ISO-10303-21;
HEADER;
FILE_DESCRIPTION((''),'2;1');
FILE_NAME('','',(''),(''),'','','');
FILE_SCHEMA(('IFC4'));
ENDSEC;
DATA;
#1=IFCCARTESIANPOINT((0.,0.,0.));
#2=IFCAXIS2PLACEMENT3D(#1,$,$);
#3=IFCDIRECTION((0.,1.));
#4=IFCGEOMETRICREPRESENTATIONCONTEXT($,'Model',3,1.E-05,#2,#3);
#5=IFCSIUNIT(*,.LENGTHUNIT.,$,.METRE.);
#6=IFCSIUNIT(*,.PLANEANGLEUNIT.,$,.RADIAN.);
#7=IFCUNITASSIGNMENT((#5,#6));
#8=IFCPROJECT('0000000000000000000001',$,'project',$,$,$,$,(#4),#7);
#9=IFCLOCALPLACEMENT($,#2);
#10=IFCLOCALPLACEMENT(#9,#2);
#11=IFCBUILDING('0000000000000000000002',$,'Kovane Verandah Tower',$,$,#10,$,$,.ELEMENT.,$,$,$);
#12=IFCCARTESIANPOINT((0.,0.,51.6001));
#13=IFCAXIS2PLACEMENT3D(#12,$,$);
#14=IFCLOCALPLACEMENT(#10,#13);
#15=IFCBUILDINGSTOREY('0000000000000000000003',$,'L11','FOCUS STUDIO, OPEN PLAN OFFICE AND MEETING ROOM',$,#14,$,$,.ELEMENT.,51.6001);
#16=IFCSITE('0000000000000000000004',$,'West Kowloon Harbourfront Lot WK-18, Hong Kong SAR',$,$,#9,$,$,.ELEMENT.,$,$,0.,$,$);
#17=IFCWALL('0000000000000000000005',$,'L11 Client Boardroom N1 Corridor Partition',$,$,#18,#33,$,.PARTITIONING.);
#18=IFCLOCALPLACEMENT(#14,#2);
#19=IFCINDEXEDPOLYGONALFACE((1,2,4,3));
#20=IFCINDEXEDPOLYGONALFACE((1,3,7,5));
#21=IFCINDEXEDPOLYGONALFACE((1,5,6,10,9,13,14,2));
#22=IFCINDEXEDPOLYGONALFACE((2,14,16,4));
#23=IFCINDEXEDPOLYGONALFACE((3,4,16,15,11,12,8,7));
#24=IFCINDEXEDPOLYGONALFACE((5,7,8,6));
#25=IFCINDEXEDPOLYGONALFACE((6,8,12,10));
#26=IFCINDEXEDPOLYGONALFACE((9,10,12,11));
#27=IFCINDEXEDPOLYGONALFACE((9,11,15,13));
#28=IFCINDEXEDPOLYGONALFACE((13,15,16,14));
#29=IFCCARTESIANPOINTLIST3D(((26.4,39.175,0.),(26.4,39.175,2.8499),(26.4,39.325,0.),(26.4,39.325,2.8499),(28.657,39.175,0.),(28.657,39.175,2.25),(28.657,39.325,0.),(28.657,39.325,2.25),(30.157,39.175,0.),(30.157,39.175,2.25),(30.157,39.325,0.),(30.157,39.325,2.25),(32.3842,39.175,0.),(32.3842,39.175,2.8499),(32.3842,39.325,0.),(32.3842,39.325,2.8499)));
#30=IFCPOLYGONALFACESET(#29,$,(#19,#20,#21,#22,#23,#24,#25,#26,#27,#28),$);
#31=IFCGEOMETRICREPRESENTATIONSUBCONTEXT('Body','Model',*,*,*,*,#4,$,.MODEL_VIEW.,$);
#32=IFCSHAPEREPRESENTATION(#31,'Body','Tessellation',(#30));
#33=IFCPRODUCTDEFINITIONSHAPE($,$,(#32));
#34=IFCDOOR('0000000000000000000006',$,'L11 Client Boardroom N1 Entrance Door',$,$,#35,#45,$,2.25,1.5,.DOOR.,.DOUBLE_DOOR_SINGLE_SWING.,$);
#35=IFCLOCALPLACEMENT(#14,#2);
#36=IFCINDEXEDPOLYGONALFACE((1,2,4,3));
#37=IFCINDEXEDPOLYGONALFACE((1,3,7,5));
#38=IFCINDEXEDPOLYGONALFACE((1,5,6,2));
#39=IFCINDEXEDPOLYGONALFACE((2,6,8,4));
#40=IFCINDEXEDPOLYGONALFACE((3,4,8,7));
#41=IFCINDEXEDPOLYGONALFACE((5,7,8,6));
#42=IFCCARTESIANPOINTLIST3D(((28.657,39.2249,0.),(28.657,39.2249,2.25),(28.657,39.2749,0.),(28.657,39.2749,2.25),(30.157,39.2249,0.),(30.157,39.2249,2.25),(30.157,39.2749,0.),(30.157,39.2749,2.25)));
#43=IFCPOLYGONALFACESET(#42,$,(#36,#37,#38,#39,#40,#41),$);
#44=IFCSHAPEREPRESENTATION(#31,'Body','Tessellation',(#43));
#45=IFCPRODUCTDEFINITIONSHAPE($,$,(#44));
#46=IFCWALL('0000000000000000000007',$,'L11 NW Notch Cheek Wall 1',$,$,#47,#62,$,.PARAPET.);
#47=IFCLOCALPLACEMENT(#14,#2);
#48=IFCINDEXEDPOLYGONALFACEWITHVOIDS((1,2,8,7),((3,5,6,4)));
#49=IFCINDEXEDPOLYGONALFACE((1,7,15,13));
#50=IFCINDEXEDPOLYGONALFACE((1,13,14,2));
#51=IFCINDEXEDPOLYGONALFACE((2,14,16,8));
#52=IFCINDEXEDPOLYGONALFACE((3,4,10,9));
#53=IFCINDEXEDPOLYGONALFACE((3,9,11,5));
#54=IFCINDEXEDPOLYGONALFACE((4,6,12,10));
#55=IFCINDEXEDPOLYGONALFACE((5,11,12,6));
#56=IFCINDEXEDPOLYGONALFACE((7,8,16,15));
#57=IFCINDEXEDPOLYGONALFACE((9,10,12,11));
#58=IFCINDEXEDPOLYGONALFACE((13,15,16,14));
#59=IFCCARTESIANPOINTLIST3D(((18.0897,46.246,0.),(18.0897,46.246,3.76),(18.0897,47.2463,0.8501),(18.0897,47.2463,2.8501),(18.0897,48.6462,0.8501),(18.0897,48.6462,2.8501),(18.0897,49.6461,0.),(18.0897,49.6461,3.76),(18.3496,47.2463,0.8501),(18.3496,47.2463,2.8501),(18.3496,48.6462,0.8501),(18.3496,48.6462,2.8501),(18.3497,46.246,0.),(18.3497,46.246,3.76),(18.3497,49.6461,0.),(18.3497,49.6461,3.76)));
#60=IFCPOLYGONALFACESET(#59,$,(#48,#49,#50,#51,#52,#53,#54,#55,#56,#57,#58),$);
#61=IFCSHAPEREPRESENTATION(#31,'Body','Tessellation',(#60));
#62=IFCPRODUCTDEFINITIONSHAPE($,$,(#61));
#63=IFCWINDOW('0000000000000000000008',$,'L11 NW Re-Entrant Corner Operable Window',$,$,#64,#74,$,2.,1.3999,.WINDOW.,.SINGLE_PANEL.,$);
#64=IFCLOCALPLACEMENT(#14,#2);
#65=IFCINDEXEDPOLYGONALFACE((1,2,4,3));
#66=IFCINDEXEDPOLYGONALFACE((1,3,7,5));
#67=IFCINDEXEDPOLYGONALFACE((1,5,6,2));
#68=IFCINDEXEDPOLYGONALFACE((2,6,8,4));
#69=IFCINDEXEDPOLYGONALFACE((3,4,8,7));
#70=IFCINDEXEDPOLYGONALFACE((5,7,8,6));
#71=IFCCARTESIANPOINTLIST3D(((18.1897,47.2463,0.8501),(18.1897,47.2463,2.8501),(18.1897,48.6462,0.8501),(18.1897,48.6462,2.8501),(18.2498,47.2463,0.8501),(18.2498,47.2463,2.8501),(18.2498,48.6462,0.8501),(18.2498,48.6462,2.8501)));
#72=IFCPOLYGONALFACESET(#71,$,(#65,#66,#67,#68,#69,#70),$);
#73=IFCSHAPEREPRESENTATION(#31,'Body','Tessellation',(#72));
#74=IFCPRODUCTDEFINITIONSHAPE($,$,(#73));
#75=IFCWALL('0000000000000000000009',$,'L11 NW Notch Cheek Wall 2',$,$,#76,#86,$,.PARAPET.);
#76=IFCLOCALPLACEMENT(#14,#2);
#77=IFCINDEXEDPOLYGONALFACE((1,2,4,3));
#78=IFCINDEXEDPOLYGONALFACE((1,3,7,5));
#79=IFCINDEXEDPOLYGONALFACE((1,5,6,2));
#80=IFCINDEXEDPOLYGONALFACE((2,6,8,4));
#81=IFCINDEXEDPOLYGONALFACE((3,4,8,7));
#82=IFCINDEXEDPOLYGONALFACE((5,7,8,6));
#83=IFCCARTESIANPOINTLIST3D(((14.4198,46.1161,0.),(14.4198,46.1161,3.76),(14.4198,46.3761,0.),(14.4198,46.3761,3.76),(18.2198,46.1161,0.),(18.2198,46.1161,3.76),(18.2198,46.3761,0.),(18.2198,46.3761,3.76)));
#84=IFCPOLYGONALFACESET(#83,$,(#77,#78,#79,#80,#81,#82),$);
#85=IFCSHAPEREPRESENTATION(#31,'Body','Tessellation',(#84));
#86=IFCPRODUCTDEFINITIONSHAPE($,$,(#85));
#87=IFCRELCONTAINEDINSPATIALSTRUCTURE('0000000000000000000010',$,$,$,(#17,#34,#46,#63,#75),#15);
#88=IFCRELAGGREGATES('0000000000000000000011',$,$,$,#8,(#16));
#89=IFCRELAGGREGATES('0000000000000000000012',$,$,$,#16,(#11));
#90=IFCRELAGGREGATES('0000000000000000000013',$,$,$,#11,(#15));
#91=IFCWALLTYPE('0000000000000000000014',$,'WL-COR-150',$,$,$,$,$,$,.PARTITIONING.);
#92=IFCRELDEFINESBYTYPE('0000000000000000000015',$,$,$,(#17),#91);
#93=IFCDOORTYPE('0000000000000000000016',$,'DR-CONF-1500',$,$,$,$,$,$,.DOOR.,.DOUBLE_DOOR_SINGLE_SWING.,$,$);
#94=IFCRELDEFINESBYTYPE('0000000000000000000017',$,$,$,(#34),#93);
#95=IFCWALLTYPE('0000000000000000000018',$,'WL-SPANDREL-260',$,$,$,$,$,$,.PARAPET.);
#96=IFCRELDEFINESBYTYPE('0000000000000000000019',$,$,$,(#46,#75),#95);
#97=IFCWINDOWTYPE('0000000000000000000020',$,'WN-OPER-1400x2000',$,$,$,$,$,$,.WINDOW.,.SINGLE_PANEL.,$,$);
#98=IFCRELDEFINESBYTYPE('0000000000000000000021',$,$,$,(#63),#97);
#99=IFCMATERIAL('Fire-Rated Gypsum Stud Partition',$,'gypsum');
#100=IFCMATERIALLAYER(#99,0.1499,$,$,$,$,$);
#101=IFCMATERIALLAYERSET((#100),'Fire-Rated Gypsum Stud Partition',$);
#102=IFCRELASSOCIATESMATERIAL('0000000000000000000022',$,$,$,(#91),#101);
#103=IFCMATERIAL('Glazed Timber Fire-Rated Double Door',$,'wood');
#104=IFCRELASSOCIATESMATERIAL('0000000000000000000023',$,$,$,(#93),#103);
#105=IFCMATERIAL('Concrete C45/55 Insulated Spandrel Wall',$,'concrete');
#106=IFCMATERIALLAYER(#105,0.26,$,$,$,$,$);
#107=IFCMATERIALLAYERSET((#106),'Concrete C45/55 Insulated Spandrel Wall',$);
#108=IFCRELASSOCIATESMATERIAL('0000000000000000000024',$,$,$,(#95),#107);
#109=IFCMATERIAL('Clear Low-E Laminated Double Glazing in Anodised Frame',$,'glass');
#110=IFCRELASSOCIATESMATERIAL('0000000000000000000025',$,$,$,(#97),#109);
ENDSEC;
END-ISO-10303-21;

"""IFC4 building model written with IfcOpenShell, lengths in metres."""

from ifc_helpers import new_model, si_unit, direction, frame, frame_2d, origin, place, context, subcontext, project, spatial, rectangle, extrude, material, layer, layer_set, type_object, element, fill, save


model = new_model("IFC4")

# Units and contexts
model_context = context("Model", 3, precision=1e-05, world=origin(), true_north=direction((0.0, 1.0)))
body_context = subcontext(model_context, "Body", "Model", "MODEL_VIEW")
ifc_project = project(units=[si_unit("LENGTHUNIT", "METRE"), si_unit("PLANEANGLEUNIT", "RADIAN")], contexts=[model_context])

# Site, building, storey
site_placement = place(None, origin())
site = spatial("IfcSite", under=ifc_project, at=site_placement, Name="West Kowloon Harbourfront Lot WK-18, Hong Kong SAR", CompositionType="ELEMENT", RefElevation=0.0)
building_placement = place(site_placement, origin())
building = spatial("IfcBuilding", under=site, at=building_placement, Name="Kovane Verandah Tower", CompositionType="ELEMENT")
storey_placement = place(building_placement, frame((0.0, 0.0, 51.6001)))
storey = spatial("IfcBuildingStorey", under=building, at=storey_placement, Name="L11", Description="FOCUS STUDIO, OPEN PLAN OFFICE AND MEETING ROOM", CompositionType="ELEMENT", Elevation=51.6001)

# Wall, opening, door
ifc_material_1 = material(Name="Fire-Rated Gypsum Stud Partition", Category="gypsum")
ifc_layer_1 = layer(ifc_material_1, 0.1499)
ifc_layer_set_1 = layer_set([ifc_layer_1], Name="Fire-Rated Gypsum Stud Partition")
wall_type_1 = type_object("IfcWallType", Name="WL-COR-150", PredefinedType="PARTITIONING", material=ifc_layer_set_1)
wall_1_placement = place(storey_placement, frame((26.3999, 39.25, 0.0), z_axis=(0.0, 0.0, 1.0), x_axis=(1.0, 0.0, 0.0)))
wall_1 = element("IfcWall", 1, at=wall_1_placement, inside=storey, type_object=wall_type_1, Name="L11 Client Boardroom N1 Corridor Partition", PredefinedType="PARTITIONING", context=body_context, shape_type="SweptSolid", body=[
    extrude(rectangle(XDim=5.9841, YDim=0.1499, at=frame_2d((2.9922, 0.0))), origin(), (0.0, 0.0, 1.0), 2.8499),
])
opening_1_placement = place(wall_1_placement, frame((2.2571, 0.0, 0.0)))
opening_1 = element("IfcOpeningElement", 2, at=opening_1_placement, cuts=wall_1, PredefinedType="OPENING", context=body_context, shape_type="SweptSolid", body=[
    extrude(rectangle(XDim=1.5, YDim=2.25, at=frame_2d((0.75, 1.125))), frame((0.0, 0.075, 0.0), z_axis=(0.0, -1.0, 0.0), x_axis=(1.0, 0.0, 0.0)), (0.0, 0.0, 1.0), 0.1499),
])
ifc_material_2 = material(Name="Glazed Timber Fire-Rated Double Door", Category="wood")
door_type_1 = type_object("IfcDoorType", Name="DR-CONF-1500", OperationType="DOUBLE_DOOR_SINGLE_SWING", PredefinedType="DOOR", material=ifc_material_2)
door_1_placement = place(opening_1_placement, origin())
door_1 = element("IfcDoor", 3, at=door_1_placement, inside=storey, type_object=door_type_1, Name="L11 Client Boardroom N1 Entrance Door", OperationType="DOUBLE_DOOR_SINGLE_SWING", OverallHeight=2.25, OverallWidth=1.5, PredefinedType="DOOR", context=body_context, shape_type="SweptSolid", body=[
    extrude(rectangle(XDim=1.5, YDim=2.25, at=frame_2d((0.75, 1.125))), frame((0.0, 0.0249, 0.0), z_axis=(0.0, -1.0, 0.0), x_axis=(1.0, 0.0, 0.0)), (0.0, 0.0, 1.0), 0.05),
])
fill(opening_1, door_1)

# Shared definitions
ifc_material_3 = material(Name="Concrete C45/55 Insulated Spandrel Wall", Category="concrete")
ifc_layer_2 = layer(ifc_material_3, 0.26)
ifc_layer_set_2 = layer_set([ifc_layer_2], Name="Concrete C45/55 Insulated Spandrel Wall")
wall_type_2 = type_object("IfcWallType", Name="WL-SPANDREL-260", PredefinedType="PARAPET", material=ifc_layer_set_2)
ifc_material_4 = material(Name="Clear Low-E Laminated Double Glazing in Anodised Frame", Category="glass")

# Wall, opening, window
wall_2_placement = place(storey_placement, frame((18.2197, 49.6462, 0.0), z_axis=(0.0, 0.0, 1.0), x_axis=(0.0, -1.0, 0.0)))
wall_2 = element("IfcWall", 4, at=wall_2_placement, inside=storey, type_object=wall_type_2, Name="L11 NW Notch Cheek Wall 1", PredefinedType="PARAPET", context=body_context, shape_type="SweptSolid", body=[
    extrude(rectangle(XDim=3.4001, YDim=0.26, at=frame_2d((1.7002, 0.0))), origin(), (0.0, 0.0, 1.0), 3.76),
])
opening_2_placement = place(wall_2_placement, frame((1.0, 0.0, 0.8501)))
opening_2 = element("IfcOpeningElement", 5, at=opening_2_placement, cuts=wall_2, PredefinedType="OPENING", context=body_context, shape_type="SweptSolid", body=[
    extrude(rectangle(XDim=1.3999, YDim=2.0, at=frame_2d((0.7, 1.0))), frame((0.0, 0.1299, 0.0), z_axis=(0.0, -1.0, 0.0), x_axis=(1.0, 0.0, 0.0)), (0.0, 0.0, 1.0), 0.26),
])
window_type_1 = type_object("IfcWindowType", Name="WN-OPER-1400x2000", PartitioningType="SINGLE_PANEL", PredefinedType="WINDOW", material=ifc_material_4)
window_1_placement = place(opening_2_placement, origin())
window_1 = element("IfcWindow", 6, at=window_1_placement, inside=storey, type_object=window_type_1, Name="L11 NW Re-Entrant Corner Operable Window", OverallHeight=2.0, OverallWidth=1.3999, PartitioningType="SINGLE_PANEL", PredefinedType="WINDOW", context=body_context, shape_type="SweptSolid", body=[
    extrude(rectangle(XDim=1.3999, YDim=2.0, at=frame_2d((0.7, 1.0))), frame((0.0, 0.03, 0.0), z_axis=(0.0, -1.0, 0.0), x_axis=(1.0, 0.0, 0.0)), (0.0, 0.0, 1.0), 0.0601),
])
fill(opening_2, window_1)

# Wall
wall_3_placement = place(storey_placement, frame((18.2197, 46.2461, 0.0), z_axis=(0.0, 0.0, 1.0), x_axis=(-1.0, 0.0, 0.0)))
element("IfcWall", 7, at=wall_3_placement, inside=storey, type_object=wall_type_2, Name="L11 NW Notch Cheek Wall 2", PredefinedType="PARAPET", context=body_context, shape_type="SweptSolid", body=[
    extrude(rectangle(XDim=3.8, YDim=0.26, at=frame_2d((1.8999, 0.0))), origin(), (0.0, 0.0, 1.0), 3.76),
])

save(model, "model.ifc")
